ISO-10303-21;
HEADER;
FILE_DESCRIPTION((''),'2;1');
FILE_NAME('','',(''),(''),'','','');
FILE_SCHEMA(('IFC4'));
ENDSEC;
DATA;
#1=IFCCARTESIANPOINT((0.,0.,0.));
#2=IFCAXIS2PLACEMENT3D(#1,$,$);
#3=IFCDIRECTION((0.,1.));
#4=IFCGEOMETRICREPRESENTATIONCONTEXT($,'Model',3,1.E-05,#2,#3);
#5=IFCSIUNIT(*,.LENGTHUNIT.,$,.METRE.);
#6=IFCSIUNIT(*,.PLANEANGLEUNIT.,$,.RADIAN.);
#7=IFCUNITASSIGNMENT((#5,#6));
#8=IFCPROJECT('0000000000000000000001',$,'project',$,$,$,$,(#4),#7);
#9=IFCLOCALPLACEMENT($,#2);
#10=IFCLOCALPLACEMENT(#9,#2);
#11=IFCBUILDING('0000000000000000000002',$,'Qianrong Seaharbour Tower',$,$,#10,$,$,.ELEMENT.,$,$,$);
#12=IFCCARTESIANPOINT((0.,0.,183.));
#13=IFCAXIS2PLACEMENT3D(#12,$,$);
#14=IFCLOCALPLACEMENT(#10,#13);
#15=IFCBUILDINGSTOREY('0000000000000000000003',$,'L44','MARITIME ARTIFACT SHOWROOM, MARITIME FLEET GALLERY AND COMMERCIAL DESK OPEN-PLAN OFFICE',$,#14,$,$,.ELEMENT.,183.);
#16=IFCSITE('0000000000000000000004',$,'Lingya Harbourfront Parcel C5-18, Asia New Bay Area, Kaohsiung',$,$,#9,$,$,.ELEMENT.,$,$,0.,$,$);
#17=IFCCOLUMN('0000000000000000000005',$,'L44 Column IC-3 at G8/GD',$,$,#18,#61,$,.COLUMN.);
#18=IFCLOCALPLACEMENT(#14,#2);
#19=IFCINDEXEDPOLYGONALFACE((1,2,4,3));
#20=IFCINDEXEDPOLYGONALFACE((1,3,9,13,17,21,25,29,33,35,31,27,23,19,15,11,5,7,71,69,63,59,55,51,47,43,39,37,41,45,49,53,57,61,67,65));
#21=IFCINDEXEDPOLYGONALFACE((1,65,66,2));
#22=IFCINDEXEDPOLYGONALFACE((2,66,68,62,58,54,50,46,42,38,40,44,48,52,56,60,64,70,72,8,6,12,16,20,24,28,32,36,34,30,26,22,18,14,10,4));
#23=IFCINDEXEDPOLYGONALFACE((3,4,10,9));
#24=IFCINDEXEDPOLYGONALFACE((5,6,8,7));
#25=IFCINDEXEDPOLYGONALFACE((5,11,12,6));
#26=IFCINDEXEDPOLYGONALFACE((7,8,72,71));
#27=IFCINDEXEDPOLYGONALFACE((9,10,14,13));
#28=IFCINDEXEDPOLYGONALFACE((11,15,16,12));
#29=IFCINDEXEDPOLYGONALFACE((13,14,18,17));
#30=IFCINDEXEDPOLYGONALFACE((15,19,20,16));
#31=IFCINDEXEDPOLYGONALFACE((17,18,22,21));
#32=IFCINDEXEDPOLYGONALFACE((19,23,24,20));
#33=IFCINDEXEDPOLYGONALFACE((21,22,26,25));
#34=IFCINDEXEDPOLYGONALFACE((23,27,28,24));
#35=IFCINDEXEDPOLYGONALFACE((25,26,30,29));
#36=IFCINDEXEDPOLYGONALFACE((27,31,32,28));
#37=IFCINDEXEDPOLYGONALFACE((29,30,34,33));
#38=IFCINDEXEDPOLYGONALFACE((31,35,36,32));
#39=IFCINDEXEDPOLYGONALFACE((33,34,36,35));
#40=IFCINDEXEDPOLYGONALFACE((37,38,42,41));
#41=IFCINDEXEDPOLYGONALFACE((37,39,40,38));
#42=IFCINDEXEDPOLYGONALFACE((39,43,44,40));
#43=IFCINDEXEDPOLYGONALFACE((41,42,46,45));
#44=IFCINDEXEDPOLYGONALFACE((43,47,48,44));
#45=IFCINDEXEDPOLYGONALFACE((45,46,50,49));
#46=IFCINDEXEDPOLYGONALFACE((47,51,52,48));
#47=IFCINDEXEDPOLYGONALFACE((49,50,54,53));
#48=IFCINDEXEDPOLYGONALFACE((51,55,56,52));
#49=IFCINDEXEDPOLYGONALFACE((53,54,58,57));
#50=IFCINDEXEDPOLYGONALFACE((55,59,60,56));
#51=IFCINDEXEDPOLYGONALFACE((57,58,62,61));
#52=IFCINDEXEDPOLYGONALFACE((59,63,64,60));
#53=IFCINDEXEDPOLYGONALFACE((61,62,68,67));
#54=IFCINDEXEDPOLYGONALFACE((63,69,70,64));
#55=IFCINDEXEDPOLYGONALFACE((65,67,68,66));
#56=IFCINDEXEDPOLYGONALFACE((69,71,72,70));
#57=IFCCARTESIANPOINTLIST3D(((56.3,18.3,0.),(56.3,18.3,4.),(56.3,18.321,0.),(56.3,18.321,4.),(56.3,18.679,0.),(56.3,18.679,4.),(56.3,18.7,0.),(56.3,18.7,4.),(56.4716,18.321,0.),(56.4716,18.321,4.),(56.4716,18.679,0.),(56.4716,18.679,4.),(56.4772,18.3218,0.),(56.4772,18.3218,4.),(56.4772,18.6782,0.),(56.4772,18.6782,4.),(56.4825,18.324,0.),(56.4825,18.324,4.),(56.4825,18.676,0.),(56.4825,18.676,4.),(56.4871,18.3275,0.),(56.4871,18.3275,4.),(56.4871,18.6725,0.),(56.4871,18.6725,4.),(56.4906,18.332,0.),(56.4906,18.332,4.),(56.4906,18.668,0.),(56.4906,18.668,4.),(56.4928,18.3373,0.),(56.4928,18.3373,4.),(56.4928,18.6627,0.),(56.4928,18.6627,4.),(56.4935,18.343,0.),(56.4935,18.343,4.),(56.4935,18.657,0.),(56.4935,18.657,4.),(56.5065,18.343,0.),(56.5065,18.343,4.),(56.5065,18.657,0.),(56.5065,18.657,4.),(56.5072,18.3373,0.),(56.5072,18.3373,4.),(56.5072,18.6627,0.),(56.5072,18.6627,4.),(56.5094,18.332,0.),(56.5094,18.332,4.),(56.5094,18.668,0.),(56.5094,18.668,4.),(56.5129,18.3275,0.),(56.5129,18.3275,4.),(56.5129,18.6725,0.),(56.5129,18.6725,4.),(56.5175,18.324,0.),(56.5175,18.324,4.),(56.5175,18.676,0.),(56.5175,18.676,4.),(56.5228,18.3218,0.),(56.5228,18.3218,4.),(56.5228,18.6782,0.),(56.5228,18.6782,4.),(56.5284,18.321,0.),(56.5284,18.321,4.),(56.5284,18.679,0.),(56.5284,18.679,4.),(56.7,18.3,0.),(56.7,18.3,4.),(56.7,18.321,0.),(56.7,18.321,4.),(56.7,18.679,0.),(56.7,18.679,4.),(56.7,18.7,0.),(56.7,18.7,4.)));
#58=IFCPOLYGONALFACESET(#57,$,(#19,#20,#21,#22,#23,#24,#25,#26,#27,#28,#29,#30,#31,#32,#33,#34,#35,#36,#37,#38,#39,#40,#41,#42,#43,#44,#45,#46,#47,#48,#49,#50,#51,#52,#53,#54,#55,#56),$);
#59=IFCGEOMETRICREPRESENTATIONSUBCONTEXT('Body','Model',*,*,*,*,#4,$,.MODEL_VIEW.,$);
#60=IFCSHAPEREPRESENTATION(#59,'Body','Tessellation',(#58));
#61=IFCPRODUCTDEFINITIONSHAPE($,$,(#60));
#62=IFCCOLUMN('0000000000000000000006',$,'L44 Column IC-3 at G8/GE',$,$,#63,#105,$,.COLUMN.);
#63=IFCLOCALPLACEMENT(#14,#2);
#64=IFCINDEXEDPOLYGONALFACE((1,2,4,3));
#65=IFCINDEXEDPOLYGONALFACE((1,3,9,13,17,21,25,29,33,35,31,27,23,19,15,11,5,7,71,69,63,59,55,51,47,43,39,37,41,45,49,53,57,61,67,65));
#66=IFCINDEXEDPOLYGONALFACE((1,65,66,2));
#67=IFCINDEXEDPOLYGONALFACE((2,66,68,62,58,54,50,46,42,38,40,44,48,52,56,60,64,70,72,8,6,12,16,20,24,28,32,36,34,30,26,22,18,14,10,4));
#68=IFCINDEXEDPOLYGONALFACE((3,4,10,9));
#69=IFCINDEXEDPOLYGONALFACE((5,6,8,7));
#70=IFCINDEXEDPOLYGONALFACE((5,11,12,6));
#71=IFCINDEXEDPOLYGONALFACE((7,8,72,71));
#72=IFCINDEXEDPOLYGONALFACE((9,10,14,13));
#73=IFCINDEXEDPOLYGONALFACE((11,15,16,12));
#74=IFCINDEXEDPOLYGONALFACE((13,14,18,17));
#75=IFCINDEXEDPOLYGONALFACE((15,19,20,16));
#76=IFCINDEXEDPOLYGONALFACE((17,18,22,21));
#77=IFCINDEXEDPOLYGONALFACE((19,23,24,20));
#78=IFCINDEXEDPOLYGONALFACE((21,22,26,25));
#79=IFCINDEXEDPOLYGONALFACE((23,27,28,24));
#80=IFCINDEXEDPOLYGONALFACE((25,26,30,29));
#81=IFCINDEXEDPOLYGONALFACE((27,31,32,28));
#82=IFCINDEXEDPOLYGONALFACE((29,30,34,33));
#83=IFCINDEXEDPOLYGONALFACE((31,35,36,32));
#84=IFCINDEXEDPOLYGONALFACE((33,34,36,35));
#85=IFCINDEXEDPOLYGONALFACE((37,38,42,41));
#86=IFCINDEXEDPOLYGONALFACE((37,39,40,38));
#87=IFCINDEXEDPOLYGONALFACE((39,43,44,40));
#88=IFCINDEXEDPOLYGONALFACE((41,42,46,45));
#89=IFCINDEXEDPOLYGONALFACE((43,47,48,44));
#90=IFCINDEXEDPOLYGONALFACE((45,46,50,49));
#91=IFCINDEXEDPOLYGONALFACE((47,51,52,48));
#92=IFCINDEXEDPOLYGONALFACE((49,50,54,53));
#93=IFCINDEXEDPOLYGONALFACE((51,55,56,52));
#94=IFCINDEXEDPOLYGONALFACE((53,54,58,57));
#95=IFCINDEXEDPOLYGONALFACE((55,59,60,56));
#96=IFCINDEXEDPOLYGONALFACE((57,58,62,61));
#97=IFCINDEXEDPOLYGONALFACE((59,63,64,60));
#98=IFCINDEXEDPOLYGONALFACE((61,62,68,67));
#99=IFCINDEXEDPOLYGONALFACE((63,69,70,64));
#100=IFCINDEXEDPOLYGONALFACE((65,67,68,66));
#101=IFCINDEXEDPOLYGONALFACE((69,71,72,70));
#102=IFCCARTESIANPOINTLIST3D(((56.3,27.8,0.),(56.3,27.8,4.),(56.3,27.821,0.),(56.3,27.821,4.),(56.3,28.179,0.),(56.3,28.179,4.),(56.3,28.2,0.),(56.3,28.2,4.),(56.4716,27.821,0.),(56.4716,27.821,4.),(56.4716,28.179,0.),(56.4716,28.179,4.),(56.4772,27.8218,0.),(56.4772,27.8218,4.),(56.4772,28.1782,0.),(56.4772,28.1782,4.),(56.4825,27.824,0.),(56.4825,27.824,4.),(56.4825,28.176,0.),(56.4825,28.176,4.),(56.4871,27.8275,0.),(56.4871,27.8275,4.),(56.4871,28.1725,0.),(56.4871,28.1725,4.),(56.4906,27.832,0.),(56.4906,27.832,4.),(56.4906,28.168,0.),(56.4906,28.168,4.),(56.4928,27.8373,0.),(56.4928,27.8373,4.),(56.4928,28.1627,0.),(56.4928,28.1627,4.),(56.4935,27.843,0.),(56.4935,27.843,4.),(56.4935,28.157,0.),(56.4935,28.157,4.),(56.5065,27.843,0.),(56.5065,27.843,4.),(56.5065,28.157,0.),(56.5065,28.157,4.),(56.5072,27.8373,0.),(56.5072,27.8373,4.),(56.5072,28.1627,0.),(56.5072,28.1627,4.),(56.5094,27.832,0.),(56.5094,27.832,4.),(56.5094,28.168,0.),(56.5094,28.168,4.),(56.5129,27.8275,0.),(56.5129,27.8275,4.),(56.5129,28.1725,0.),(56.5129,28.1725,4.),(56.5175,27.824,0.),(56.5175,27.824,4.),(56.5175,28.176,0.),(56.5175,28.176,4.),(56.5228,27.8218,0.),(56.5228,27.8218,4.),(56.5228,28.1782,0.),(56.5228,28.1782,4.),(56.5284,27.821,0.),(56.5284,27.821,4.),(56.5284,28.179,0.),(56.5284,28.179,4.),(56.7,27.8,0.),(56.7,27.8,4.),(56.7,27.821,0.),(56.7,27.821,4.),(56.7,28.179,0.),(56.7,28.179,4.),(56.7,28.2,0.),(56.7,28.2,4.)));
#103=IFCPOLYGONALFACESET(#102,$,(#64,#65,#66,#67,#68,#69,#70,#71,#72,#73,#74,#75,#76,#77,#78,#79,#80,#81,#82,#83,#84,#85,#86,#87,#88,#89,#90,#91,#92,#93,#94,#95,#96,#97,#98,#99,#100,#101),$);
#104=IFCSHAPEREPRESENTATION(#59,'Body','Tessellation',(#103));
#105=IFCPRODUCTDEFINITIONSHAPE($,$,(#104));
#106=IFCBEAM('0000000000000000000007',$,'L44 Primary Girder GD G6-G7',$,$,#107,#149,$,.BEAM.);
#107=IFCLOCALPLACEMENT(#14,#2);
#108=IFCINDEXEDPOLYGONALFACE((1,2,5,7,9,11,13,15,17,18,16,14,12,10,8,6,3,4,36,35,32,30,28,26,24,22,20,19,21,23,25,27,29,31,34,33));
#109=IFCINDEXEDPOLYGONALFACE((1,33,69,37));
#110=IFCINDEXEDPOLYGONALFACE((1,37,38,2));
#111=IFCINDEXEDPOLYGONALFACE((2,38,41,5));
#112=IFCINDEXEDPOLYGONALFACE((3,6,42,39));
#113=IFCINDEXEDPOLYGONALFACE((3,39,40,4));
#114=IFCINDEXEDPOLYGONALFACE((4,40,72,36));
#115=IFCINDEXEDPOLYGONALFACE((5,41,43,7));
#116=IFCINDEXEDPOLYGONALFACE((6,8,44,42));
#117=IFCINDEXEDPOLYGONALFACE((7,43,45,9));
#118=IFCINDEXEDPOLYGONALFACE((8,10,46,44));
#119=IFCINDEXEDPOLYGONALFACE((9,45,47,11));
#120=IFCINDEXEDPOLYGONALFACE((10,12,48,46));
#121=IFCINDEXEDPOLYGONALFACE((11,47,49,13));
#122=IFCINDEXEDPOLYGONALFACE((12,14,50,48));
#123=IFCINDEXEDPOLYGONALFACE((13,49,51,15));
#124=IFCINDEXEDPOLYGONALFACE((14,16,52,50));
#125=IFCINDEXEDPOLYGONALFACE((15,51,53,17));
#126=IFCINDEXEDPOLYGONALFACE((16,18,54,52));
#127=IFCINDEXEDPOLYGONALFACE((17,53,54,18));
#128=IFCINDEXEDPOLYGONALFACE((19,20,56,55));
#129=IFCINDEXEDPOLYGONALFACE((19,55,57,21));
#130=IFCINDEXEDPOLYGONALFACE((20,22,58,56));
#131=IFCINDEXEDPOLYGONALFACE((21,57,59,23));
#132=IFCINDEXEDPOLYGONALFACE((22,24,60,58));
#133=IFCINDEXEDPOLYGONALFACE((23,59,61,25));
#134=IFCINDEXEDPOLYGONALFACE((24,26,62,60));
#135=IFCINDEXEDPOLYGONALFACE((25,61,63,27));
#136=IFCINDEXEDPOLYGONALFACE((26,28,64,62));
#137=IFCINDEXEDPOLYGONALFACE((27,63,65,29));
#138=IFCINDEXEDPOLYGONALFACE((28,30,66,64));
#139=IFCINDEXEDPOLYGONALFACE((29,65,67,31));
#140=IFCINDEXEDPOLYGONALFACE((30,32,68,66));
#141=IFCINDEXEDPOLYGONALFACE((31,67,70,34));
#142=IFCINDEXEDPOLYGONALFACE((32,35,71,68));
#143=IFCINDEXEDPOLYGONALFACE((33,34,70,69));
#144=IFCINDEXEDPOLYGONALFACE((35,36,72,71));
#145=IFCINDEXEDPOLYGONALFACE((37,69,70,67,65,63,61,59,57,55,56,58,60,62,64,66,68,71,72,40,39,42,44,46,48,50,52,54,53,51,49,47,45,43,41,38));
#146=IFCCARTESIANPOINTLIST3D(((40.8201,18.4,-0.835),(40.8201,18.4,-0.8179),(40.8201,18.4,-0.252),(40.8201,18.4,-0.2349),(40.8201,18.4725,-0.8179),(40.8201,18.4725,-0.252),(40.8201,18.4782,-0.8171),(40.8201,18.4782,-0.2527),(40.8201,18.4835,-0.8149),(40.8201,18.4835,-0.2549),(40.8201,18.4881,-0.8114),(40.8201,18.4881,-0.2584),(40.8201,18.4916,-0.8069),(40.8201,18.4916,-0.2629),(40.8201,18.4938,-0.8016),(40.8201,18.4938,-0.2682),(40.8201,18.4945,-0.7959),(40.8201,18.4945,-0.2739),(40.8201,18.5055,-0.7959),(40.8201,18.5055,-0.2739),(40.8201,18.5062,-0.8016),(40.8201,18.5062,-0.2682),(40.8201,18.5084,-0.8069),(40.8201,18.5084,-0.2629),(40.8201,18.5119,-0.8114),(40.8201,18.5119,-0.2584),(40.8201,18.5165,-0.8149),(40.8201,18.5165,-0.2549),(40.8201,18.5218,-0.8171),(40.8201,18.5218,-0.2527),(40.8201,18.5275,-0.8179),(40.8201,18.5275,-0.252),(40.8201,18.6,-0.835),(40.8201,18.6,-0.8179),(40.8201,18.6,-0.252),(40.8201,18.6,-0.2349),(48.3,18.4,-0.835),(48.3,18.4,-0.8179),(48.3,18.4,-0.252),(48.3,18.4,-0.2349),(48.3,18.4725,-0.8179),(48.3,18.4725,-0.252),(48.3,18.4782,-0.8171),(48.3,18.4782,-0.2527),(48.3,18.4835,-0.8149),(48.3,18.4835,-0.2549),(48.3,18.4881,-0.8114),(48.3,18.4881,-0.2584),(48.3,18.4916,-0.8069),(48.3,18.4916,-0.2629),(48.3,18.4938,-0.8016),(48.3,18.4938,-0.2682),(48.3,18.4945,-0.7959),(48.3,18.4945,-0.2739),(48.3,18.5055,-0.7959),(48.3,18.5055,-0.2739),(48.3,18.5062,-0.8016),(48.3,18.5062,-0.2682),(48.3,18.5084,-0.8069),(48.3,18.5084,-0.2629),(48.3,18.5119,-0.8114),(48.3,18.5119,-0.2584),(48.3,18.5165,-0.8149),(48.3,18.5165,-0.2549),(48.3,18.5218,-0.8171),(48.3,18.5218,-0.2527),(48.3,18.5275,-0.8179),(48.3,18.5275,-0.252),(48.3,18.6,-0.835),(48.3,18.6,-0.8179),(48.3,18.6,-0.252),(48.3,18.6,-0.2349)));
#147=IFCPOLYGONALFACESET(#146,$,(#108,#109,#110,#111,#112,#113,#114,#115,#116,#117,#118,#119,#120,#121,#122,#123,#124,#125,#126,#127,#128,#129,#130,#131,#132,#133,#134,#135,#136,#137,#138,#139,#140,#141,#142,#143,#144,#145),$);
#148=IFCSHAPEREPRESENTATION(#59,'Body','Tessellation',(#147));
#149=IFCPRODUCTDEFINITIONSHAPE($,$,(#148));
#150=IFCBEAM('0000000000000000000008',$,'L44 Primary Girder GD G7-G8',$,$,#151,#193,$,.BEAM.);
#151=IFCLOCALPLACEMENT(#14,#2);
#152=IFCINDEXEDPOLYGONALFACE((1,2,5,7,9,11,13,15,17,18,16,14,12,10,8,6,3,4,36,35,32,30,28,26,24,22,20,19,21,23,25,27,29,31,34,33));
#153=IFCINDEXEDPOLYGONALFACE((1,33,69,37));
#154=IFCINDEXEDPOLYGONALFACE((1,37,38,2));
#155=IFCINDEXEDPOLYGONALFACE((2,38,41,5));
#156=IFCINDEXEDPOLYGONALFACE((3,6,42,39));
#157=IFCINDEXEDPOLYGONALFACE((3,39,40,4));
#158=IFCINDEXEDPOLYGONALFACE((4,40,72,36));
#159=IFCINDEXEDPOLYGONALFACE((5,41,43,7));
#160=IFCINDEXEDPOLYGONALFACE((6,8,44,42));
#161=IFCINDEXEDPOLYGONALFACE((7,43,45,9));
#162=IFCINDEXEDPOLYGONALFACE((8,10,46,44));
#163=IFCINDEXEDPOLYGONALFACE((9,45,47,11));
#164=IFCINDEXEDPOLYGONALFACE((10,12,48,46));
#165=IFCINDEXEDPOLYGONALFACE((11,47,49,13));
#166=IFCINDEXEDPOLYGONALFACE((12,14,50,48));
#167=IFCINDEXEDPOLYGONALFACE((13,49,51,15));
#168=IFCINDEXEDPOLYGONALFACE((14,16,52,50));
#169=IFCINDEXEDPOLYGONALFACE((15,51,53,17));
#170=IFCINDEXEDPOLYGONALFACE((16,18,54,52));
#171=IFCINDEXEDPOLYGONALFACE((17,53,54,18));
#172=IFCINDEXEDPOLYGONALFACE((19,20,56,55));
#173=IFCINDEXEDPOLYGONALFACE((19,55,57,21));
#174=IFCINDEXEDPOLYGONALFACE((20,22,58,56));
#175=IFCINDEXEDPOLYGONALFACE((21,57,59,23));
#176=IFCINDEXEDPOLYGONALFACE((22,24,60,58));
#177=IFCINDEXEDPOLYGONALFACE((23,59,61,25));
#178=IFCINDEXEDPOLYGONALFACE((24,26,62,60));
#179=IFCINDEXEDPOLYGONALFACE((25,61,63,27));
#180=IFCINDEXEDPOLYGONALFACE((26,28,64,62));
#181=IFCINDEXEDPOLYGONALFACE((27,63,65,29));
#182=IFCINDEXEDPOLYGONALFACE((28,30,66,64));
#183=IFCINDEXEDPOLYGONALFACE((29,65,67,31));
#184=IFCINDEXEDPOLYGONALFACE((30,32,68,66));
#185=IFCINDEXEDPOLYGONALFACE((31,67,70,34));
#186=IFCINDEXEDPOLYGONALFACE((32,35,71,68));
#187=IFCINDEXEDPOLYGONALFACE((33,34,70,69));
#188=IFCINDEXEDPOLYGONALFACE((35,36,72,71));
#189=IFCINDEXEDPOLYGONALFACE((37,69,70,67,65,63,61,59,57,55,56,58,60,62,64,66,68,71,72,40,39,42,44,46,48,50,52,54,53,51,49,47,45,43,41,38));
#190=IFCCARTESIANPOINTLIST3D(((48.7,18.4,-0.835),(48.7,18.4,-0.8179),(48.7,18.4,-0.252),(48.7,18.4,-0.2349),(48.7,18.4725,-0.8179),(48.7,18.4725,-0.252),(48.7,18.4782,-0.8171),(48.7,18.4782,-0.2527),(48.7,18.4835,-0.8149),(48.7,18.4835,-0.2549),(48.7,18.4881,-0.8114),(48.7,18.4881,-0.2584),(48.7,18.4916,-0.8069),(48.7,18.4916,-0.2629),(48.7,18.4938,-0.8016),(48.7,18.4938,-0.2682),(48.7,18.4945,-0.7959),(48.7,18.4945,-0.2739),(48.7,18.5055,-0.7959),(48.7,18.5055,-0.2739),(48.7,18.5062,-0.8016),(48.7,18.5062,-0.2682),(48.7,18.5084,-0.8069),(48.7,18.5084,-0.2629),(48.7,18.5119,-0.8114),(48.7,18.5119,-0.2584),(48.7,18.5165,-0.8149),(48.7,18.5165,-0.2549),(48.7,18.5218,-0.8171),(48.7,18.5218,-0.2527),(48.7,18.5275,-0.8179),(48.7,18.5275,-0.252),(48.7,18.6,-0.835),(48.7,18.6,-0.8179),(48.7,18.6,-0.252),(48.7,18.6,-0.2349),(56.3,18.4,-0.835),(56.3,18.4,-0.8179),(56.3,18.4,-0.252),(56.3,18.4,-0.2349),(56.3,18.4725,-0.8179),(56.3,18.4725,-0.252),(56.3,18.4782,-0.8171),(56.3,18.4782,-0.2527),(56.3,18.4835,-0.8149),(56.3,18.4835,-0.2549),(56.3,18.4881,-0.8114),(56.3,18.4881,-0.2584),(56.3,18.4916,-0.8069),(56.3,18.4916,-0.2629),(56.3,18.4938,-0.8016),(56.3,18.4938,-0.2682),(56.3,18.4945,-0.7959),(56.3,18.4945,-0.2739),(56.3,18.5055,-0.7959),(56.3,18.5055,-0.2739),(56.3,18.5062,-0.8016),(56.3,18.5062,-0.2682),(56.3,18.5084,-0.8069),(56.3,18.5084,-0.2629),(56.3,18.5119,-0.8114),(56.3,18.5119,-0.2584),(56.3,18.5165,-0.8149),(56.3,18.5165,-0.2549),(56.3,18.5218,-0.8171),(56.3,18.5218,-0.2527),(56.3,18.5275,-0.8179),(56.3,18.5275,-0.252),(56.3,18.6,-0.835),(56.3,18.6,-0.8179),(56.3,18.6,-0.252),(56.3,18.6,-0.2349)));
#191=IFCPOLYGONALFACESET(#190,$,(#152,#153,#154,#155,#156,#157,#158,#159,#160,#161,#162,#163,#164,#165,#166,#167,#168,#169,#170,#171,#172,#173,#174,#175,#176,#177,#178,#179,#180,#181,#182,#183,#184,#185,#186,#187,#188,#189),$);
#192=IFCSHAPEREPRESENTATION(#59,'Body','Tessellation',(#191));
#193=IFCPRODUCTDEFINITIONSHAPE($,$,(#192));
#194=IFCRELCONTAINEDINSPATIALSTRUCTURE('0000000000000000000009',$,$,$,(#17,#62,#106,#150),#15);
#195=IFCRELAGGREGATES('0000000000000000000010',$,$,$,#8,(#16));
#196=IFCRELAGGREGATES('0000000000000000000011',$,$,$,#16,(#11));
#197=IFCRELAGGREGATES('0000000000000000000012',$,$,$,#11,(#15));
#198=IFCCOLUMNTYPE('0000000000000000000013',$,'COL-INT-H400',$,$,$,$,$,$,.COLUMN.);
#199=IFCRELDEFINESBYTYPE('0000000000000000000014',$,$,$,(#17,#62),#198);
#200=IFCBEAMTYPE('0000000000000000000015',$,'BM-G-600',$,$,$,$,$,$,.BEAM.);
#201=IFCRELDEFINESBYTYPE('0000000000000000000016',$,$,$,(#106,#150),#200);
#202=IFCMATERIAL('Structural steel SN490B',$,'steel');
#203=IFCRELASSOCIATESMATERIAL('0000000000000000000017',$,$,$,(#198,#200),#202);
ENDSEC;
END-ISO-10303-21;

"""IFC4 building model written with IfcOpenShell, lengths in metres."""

from ifc_helpers import new_model, si_unit, direction, frame, origin, origin_2d, place, context, subcontext, project, spatial, i_section, extrude, material, material_profile, profile_set, type_object, element, save


model = new_model("IFC4")

# Units and contexts
model_context = context("Model", 3, precision=1e-05, world=origin(), true_north=direction((0.0, 1.0)))
body_context = subcontext(model_context, "Body", "Model", "MODEL_VIEW")
ifc_project = project(units=[si_unit("LENGTHUNIT", "METRE"), si_unit("PLANEANGLEUNIT", "RADIAN")], contexts=[model_context])

# Site, building, storey
site_placement = place(None, origin())
site = spatial("IfcSite", under=ifc_project, at=site_placement, Name="Lingya Harbourfront Parcel C5-18, Asia New Bay Area, Kaohsiung", CompositionType="ELEMENT", RefElevation=0.0)
building_placement = place(site_placement, origin())
building = spatial("IfcBuilding", under=site, at=building_placement, Name="Qianrong Seaharbour Tower", CompositionType="ELEMENT")
storey_placement = place(building_placement, frame((0.0, 0.0, 183.0)))
storey = spatial("IfcBuildingStorey", under=building, at=storey_placement, Name="L44", Description="MARITIME ARTIFACT SHOWROOM, MARITIME FLEET GALLERY AND COMMERCIAL DESK OPEN-PLAN OFFICE", CompositionType="ELEMENT", Elevation=183.0)

# Columns
ifc_material_1 = material(Name="Structural steel SN490B", Category="steel")
ifc_material_profile_1 = material_profile(ifc_material_1, i_section(OverallWidth=0.3999, OverallDepth=0.3999, WebThickness=0.0129, FlangeThickness=0.021, FilletRadius=0.022, at=origin_2d()), Name="H400x400x13x21")
ifc_profile_set_1 = profile_set([ifc_material_profile_1], Name="Structural steel SN490B")
column_type_1 = type_object("IfcColumnType", Name="COL-INT-H400", PredefinedType="COLUMN", material=ifc_profile_set_1)
for number, where, z_axis, x_axis, name in (
    (1, (56.5, 18.5, 0.0), (0.0, 0.0, 1.0), (1.0, 0.0, 0.0), "L44 Column IC-3 at G8/GD"),
    (2, (56.5, 28.0, 0.0), (0.0, 0.0, 1.0), (1.0, 0.0, 0.0), "L44 Column IC-3 at G8/GE"),
):
    element("IfcColumn", number, at=place(storey_placement, frame(where, z_axis=z_axis, x_axis=x_axis)), inside=storey, type_object=column_type_1, Name=name, PredefinedType="COLUMN", context=body_context, shape_type="SweptSolid", body=[
        extrude(i_section(OverallWidth=0.3999, OverallDepth=0.3999, WebThickness=0.0129, FlangeThickness=0.021, FilletRadius=0.022, at=origin_2d()), origin(), (0.0, 0.0, 1.0), 4.0),
    ])

# Beams
ifc_material_profile_2 = material_profile(ifc_material_1, i_section(OverallWidth=0.2, OverallDepth=0.6001, WebThickness=0.011, FlangeThickness=0.0171, FilletRadius=0.022, at=origin_2d()), Name="H600x200x11x17")
ifc_profile_set_2 = profile_set([ifc_material_profile_2], Name="Structural steel SN490B")
beam_type_1 = type_object("IfcBeamType", Name="BM-G-600", PredefinedType="BEAM", material=ifc_profile_set_2)
beam_1_placement = place(storey_placement, frame((40.8201, 18.5, -0.5349), z_axis=(1.0, 0.0, 0.0), x_axis=(0.0, 1.0, 0.0)))
element("IfcBeam", 3, at=beam_1_placement, inside=storey, type_object=beam_type_1, Name="L44 Primary Girder GD G6-G7", PredefinedType="BEAM", context=body_context, shape_type="SweptSolid", body=[
    extrude(i_section(OverallWidth=0.2, OverallDepth=0.6001, WebThickness=0.011, FlangeThickness=0.0171, FilletRadius=0.022, at=origin_2d()), origin(), (0.0, 0.0, 1.0), 7.48),
])
beam_2_placement = place(storey_placement, frame((48.7, 18.5, -0.5349), z_axis=(1.0, 0.0, 0.0), x_axis=(0.0, 1.0, 0.0)))
element("IfcBeam", 4, at=beam_2_placement, inside=storey, type_object=beam_type_1, Name="L44 Primary Girder GD G7-G8", PredefinedType="BEAM", context=body_context, shape_type="SweptSolid", body=[
    extrude(i_section(OverallWidth=0.2, OverallDepth=0.6001, WebThickness=0.011, FlangeThickness=0.0171, FilletRadius=0.022, at=origin_2d()), origin(), (0.0, 0.0, 1.0), 7.6001),
])

save(model, "model.ifc")
